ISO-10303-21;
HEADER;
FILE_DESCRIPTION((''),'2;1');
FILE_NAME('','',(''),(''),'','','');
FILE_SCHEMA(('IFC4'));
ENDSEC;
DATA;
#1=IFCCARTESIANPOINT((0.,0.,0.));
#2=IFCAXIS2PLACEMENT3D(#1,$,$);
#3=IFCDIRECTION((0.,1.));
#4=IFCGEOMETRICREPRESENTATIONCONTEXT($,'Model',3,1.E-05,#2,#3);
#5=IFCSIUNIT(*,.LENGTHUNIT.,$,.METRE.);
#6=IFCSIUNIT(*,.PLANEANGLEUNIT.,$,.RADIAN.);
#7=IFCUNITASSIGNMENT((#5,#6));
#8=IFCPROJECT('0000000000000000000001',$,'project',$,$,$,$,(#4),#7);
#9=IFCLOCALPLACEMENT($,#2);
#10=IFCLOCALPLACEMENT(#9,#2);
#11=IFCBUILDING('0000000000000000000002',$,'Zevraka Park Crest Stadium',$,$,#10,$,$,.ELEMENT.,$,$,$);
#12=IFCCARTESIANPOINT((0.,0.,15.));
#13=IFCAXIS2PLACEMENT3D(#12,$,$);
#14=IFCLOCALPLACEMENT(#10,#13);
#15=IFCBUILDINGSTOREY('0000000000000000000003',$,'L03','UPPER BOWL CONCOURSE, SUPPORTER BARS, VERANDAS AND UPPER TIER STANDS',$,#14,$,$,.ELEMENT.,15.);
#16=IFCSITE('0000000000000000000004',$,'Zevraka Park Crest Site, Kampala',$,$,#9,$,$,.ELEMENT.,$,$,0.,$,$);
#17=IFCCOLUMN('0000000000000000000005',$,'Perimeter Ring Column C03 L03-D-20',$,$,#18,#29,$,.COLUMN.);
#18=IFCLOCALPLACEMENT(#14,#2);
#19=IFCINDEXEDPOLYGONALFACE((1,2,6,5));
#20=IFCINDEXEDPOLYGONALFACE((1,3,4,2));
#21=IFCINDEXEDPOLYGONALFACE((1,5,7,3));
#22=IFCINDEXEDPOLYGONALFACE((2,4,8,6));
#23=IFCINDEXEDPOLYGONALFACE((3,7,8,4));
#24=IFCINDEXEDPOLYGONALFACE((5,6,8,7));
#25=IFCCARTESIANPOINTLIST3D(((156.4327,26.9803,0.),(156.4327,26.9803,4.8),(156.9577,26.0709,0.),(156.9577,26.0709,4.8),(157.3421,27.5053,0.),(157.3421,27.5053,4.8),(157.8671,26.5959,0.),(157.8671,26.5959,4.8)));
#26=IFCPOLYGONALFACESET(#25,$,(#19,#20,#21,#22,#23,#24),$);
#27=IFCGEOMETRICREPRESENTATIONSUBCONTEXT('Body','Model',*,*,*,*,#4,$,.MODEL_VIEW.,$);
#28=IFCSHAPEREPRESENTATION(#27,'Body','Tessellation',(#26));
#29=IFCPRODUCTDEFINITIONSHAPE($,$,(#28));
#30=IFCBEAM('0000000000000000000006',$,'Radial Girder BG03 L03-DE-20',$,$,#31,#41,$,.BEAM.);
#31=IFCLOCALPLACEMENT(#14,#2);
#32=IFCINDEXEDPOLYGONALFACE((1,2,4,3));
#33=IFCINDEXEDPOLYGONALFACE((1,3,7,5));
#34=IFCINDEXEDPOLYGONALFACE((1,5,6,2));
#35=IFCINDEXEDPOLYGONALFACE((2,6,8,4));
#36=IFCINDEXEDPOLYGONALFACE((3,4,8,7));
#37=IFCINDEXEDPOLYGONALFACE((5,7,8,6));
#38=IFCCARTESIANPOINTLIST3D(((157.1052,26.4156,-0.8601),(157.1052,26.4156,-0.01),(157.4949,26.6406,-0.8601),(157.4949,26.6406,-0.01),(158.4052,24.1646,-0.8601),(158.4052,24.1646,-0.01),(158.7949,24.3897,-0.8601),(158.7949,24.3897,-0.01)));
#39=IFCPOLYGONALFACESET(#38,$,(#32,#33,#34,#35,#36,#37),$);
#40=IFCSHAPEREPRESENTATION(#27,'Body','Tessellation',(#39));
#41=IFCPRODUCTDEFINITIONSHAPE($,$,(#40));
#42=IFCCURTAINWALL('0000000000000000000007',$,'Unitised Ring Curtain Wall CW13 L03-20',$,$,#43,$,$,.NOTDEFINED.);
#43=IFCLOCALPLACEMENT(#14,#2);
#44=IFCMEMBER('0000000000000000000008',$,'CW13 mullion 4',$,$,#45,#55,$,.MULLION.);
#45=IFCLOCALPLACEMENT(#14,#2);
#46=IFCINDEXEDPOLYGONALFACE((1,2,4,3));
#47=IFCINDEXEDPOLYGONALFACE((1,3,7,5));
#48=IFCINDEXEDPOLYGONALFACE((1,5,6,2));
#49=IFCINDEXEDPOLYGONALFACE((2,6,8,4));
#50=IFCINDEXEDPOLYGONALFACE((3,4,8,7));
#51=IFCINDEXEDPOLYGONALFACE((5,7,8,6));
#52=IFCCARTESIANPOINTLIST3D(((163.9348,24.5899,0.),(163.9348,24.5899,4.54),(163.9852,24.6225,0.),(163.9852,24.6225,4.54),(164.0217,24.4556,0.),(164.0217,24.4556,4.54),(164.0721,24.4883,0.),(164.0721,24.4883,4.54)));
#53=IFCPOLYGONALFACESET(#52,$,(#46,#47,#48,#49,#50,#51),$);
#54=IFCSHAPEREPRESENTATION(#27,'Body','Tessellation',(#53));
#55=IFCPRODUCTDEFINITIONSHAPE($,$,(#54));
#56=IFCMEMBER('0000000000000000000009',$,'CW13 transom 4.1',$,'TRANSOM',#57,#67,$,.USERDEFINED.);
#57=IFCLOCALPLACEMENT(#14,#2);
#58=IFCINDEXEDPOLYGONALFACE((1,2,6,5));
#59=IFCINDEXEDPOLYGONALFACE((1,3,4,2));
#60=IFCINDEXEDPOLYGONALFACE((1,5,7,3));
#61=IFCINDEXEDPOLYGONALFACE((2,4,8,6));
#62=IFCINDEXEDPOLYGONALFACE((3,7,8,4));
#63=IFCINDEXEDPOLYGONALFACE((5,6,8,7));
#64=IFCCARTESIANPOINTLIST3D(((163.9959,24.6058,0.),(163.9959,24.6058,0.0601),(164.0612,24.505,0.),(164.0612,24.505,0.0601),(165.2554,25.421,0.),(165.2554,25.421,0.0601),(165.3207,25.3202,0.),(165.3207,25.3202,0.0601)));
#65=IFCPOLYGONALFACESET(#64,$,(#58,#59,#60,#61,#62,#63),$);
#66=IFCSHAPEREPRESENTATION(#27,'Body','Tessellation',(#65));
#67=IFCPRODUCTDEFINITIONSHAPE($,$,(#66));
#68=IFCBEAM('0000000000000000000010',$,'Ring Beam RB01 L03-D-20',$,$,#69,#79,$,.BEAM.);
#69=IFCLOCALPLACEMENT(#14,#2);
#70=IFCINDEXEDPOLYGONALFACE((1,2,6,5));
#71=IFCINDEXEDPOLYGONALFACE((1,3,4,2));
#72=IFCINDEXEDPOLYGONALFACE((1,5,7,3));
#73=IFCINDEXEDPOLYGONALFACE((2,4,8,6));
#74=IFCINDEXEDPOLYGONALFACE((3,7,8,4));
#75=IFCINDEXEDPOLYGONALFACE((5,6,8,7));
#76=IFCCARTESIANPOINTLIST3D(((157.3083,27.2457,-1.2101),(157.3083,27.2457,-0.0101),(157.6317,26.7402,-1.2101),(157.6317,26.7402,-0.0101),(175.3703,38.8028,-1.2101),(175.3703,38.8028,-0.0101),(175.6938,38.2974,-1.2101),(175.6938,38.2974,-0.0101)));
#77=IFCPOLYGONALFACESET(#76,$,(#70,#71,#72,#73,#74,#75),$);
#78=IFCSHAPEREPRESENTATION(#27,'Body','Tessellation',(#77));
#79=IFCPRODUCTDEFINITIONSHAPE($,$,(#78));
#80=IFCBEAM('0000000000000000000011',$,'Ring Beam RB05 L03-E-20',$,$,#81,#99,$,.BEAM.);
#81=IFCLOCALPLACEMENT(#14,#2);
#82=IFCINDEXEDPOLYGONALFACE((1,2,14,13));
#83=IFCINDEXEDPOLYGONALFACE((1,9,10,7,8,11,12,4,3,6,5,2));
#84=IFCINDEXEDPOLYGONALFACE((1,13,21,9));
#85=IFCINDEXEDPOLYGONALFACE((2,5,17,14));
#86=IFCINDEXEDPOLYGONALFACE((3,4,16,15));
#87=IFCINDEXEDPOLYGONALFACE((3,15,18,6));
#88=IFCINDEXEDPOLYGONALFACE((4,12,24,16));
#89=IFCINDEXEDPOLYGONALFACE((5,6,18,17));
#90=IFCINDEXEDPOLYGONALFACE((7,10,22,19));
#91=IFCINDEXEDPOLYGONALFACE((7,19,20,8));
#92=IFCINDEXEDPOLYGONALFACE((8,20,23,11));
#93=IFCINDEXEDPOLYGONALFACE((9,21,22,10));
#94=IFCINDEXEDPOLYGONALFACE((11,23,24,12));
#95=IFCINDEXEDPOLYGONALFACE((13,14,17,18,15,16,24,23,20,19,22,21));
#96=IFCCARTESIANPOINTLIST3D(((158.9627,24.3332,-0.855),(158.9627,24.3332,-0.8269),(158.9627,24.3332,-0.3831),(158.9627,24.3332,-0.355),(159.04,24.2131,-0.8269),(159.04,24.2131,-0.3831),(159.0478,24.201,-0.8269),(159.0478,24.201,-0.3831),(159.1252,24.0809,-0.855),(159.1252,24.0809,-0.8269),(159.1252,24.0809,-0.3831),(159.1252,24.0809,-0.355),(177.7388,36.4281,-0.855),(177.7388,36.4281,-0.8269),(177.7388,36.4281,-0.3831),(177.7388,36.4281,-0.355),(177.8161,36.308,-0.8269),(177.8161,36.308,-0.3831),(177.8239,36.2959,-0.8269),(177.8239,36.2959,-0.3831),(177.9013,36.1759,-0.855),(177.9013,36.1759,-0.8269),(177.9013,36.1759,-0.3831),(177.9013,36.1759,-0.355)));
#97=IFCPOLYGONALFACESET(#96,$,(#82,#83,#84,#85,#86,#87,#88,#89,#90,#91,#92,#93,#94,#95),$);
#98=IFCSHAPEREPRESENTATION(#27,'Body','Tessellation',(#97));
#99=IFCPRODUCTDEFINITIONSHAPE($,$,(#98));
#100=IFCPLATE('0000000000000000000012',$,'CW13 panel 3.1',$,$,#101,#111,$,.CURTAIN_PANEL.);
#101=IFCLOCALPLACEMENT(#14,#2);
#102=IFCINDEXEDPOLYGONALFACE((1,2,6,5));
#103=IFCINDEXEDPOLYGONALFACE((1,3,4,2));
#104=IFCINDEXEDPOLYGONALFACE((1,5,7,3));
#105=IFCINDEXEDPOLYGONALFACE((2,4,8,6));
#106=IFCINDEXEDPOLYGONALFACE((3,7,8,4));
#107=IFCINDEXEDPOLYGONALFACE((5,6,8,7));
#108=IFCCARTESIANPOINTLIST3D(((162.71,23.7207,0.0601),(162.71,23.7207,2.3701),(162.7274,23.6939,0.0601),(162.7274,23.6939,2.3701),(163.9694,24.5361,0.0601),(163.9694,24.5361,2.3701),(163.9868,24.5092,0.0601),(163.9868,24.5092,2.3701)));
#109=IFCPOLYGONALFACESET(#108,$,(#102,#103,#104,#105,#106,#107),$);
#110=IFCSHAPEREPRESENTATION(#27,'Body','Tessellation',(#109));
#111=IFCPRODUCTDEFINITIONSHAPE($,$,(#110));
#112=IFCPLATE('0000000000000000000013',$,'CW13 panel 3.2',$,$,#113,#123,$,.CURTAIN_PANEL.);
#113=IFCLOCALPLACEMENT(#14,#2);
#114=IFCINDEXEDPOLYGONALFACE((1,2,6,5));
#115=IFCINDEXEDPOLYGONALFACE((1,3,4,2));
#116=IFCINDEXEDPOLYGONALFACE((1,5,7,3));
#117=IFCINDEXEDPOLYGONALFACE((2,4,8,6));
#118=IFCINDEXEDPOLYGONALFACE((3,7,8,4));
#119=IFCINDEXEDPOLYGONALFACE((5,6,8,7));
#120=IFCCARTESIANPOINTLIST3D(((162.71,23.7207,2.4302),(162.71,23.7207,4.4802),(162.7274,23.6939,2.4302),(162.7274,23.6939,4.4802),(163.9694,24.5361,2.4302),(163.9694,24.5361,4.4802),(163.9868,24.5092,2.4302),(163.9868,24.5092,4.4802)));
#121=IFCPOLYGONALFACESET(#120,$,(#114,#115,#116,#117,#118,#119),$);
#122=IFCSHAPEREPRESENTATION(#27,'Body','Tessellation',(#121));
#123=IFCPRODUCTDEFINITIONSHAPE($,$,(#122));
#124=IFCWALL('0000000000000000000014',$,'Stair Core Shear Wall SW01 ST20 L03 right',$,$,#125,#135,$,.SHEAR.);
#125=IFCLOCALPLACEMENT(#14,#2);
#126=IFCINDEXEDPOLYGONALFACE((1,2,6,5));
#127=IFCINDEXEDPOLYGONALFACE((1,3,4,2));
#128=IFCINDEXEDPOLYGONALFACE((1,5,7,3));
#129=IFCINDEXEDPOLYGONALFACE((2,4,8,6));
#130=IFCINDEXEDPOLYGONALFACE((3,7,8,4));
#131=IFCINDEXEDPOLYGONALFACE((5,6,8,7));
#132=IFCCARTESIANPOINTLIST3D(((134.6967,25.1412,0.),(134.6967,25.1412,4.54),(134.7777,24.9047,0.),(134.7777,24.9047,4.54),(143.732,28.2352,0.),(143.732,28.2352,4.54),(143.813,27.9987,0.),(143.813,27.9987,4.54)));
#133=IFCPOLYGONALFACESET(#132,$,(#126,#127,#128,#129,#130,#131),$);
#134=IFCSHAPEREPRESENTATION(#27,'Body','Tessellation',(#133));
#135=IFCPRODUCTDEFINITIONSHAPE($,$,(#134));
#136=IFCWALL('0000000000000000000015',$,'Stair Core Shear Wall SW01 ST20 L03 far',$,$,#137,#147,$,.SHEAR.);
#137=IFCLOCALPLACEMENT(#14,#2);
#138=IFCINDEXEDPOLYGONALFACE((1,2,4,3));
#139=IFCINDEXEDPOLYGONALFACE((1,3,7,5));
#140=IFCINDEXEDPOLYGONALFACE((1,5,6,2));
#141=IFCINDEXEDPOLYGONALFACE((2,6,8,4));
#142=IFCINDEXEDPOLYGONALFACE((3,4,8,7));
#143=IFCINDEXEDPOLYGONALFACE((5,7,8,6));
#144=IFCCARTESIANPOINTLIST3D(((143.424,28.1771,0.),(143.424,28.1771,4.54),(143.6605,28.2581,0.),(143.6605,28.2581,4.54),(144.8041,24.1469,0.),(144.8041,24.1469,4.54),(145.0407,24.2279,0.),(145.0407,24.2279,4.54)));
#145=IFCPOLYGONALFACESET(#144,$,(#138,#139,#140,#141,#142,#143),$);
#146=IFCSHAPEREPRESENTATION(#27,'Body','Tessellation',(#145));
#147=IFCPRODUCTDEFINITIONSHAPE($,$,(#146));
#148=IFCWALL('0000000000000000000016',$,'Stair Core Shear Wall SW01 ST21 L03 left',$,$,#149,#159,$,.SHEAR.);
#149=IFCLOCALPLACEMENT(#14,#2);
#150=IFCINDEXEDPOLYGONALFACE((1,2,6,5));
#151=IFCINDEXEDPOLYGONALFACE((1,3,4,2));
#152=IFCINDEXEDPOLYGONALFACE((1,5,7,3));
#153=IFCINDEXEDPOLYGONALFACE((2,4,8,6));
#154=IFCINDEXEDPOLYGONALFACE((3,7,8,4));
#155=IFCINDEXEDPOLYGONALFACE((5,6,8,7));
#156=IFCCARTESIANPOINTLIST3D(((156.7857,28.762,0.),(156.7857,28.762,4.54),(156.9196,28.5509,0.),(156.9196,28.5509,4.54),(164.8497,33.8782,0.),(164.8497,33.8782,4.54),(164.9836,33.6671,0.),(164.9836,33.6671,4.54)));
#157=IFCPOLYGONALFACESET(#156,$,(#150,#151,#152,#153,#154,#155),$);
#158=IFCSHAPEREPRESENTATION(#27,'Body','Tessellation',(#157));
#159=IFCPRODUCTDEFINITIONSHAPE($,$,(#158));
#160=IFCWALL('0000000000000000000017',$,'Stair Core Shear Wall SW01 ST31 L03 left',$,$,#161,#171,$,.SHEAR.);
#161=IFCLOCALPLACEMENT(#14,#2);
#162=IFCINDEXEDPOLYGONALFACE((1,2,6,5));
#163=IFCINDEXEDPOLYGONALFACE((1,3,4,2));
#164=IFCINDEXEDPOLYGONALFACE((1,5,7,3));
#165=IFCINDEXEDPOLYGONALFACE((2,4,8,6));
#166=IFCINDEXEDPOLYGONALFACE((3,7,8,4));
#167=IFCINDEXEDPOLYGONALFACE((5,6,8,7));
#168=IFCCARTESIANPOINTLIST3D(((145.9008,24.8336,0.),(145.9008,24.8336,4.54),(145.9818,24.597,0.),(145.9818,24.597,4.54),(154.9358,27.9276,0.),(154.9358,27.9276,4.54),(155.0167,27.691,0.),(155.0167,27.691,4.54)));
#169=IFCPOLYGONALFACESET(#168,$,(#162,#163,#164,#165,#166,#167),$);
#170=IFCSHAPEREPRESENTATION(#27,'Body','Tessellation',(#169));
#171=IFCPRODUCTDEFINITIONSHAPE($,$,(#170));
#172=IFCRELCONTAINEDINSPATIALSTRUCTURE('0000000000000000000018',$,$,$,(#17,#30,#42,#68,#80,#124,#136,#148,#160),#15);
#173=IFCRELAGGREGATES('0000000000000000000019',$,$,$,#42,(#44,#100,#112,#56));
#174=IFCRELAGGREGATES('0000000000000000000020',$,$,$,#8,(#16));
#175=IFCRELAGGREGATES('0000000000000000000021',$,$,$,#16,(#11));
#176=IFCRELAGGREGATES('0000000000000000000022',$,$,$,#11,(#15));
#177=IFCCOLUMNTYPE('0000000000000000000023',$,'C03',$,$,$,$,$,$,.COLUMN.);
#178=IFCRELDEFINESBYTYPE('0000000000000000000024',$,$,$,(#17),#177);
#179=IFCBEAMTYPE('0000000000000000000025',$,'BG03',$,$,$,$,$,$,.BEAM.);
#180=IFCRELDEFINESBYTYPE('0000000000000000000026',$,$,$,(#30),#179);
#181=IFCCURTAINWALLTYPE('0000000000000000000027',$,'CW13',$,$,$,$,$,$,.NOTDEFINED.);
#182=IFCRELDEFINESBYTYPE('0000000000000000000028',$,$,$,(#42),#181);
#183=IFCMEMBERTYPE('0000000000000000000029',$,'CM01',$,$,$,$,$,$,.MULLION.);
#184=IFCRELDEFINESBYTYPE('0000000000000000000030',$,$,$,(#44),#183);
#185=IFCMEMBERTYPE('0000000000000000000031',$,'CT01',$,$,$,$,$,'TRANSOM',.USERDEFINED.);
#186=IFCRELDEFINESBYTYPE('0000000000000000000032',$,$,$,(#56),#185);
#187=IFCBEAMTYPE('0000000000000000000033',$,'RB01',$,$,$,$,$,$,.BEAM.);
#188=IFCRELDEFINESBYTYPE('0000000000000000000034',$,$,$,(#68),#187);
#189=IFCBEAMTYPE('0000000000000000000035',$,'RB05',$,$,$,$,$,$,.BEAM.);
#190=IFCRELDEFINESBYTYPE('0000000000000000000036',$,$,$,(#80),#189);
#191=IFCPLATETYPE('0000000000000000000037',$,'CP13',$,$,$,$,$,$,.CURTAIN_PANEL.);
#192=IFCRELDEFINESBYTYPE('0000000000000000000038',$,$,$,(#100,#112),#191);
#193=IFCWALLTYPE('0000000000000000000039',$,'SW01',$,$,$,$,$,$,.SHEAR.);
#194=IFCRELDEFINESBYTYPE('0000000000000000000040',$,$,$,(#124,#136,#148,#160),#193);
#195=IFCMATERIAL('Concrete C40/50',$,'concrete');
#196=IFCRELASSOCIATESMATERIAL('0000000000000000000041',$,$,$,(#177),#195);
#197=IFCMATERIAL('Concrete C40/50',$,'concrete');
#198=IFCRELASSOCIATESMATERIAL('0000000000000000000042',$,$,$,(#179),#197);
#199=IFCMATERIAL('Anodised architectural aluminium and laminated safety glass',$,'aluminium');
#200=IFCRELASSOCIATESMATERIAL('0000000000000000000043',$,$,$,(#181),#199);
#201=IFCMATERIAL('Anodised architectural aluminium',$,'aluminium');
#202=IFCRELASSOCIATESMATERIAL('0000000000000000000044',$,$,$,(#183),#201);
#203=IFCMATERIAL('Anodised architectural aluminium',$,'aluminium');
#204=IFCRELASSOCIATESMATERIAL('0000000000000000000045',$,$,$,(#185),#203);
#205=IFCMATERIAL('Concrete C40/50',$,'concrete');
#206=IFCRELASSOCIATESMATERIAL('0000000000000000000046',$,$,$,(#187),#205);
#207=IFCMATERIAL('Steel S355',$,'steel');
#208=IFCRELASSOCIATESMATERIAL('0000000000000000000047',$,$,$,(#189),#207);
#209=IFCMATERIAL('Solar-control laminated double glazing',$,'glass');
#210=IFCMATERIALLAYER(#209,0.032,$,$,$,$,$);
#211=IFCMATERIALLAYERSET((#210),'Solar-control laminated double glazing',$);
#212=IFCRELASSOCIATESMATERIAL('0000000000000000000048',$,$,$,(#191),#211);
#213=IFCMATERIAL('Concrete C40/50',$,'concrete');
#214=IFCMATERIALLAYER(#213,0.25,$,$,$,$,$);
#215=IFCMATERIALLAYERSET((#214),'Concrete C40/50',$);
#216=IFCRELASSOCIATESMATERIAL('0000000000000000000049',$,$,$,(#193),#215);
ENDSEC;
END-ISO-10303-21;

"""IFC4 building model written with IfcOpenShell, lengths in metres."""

from ifc_helpers import new_model, si_unit, direction, frame, frame_2d, origin, origin_2d, place, context, subcontext, project, spatial, rectangle, i_section, extrude, material, layer, layer_set, material_profile, profile_set, type_object, element, aggregate, save


model = new_model("IFC4")

# Units and contexts
model_context = context("Model", 3, precision=1e-05, world=origin(), true_north=direction((0.0, 1.0)))
body_context = subcontext(model_context, "Body", "Model", "MODEL_VIEW")
ifc_project = project(units=[si_unit("LENGTHUNIT", "METRE"), si_unit("PLANEANGLEUNIT", "RADIAN")], contexts=[model_context])

# Site, building, storey
site_placement = place(None, origin())
site = spatial("IfcSite", under=ifc_project, at=site_placement, Name="Zevraka Park Crest Site, Kampala", CompositionType="ELEMENT", RefElevation=0.0)
building_placement = place(site_placement, origin())
building = spatial("IfcBuilding", under=site, at=building_placement, Name="Zevraka Park Crest Stadium", CompositionType="ELEMENT")
storey_placement = place(building_placement, frame((0.0, 0.0, 15.0)))
storey = spatial("IfcBuildingStorey", under=building, at=storey_placement, Name="L03", Description="UPPER BOWL CONCOURSE, SUPPORTER BARS, VERANDAS AND UPPER TIER STANDS", CompositionType="ELEMENT", Elevation=15.0)

# Column
ifc_material_1 = material(Name="Concrete C40/50", Category="concrete")
ifc_material_profile_1 = material_profile(ifc_material_1, rectangle(XDim=1.05, YDim=1.05, at=origin_2d()), Name="RC 1050x1050")
ifc_profile_set_1 = profile_set([ifc_material_profile_1], Name="Concrete C40/50")
column_type = type_object("IfcColumnType", Name="C03", PredefinedType="COLUMN", material=ifc_profile_set_1)
column_placement = place(storey_placement, frame((157.1499, 26.7881, 0.0), z_axis=(0.0, 0.0, 1.0), x_axis=(-0.5, 0.866025, 0.0)))
element("IfcColumn", 1, at=column_placement, inside=storey, type_object=column_type, Name="Perimeter Ring Column C03 L03-D-20", PredefinedType="COLUMN", context=body_context, shape_type="SweptSolid", body=[
    extrude(rectangle(XDim=1.05, YDim=1.05, at=origin_2d()), origin(), (0.0, 0.0, 1.0), 4.8),
])

# Beam
ifc_material_2 = material(Name="Concrete C40/50", Category="concrete")
ifc_material_profile_2 = material_profile(ifc_material_2, rectangle(XDim=0.45, YDim=0.8501, at=origin_2d()), Name="RC 850x450")
ifc_profile_set_2 = profile_set([ifc_material_profile_2], Name="Concrete C40/50")
beam_type_1 = type_object("IfcBeamType", Name="BG03", PredefinedType="BEAM", material=ifc_profile_set_2)
beam_1_placement = place(storey_placement, frame((157.3, 26.5281, -0.4351), z_axis=(0.500129, -0.865951, 0.0), x_axis=(0.865951, 0.500129, 0.0)))
element("IfcBeam", 2, at=beam_1_placement, inside=storey, type_object=beam_type_1, Name="Radial Girder BG03 L03-DE-20", PredefinedType="BEAM", context=body_context, shape_type="SweptSolid", body=[
    extrude(rectangle(XDim=0.45, YDim=0.8501, at=origin_2d()), origin(), (0.0, 0.0, 1.0), 2.5994),
])

# Curtain wall, members
ifc_material_3 = material(Name="Anodised architectural aluminium and laminated safety glass", Category="aluminium")
curtain_wall_type = type_object("IfcCurtainWallType", Name="CW13", PredefinedType="NOTDEFINED", material=ifc_material_3)
curtain_wall_placement = place(storey_placement, origin())
curtain_wall = element("IfcCurtainWall", 3, at=curtain_wall_placement, inside=storey, type_object=curtain_wall_type, Name="Unitised Ring Curtain Wall CW13 L03-20", PredefinedType="NOTDEFINED")
ifc_material_4 = material(Name="Anodised architectural aluminium", Category="aluminium")
ifc_material_profile_3 = material_profile(ifc_material_4, rectangle(XDim=0.1599, YDim=0.0601, at=origin_2d()), Name="ALU MULLION 160x60")
ifc_profile_set_3 = profile_set([ifc_material_profile_3], Name="Anodised architectural aluminium")
member_type_1 = type_object("IfcMemberType", Name="CM01", PredefinedType="MULLION", material=ifc_profile_set_3)
member_1_placement = place(storey_placement, frame((164.0034, 24.5391, 0.0), z_axis=(0.0, 0.0, 1.0), x_axis=(-0.543469, 0.839429, 0.0)))
member_1 = element("IfcMember", 4, at=member_1_placement, type_object=member_type_1, Name="CW13 mullion 4", PredefinedType="MULLION", context=body_context, shape_type="SweptSolid", body=[
    extrude(rectangle(XDim=0.1599, YDim=0.0601, at=origin_2d()), origin(), (0.0, 0.0, 1.0), 4.54),
])
ifc_material_5 = material(Name="Anodised architectural aluminium", Category="aluminium")
ifc_material_profile_4 = material_profile(ifc_material_5, rectangle(XDim=0.1201, YDim=0.0601, at=origin_2d()), Name="ALU TRANSOM 120x60")
ifc_profile_set_4 = profile_set([ifc_material_profile_4], Name="Anodised architectural aluminium")
member_type_2 = type_object("IfcMemberType", Name="CT01", ElementType="TRANSOM", PredefinedType="USERDEFINED", material=ifc_profile_set_4)
member_2_placement = place(storey_placement, frame((164.0286, 24.5554, 0.03), z_axis=(0.839509, 0.543346, 0.0), x_axis=(-0.543346, 0.839509, 0.0)))
member_2 = element("IfcMember", 5, at=member_2_placement, type_object=member_type_2, Name="CW13 transom 4.1", ObjectType="TRANSOM", PredefinedType="USERDEFINED", context=body_context, shape_type="SweptSolid", body=[
    extrude(rectangle(XDim=0.1201, YDim=0.0601, at=origin_2d()), origin(), (0.0, 0.0, 1.0), 1.5002),
])

# Beams
ifc_material_6 = material(Name="Concrete C40/50", Category="concrete")
ifc_material_profile_5 = material_profile(ifc_material_6, rectangle(XDim=0.6001, YDim=1.2, at=origin_2d()), Name="RC 1200x600")
ifc_profile_set_5 = profile_set([ifc_material_profile_5], Name="Concrete C40/50")
beam_type_2 = type_object("IfcBeamType", Name="RB01", PredefinedType="BEAM", material=ifc_profile_set_5)
beam_2_placement = place(storey_placement, frame((157.47, 26.9929, -0.6101), z_axis=(0.842326, 0.538969, 0.0), x_axis=(-0.538969, 0.842326, 0.0)))
element("IfcBeam", 6, at=beam_2_placement, inside=storey, type_object=beam_type_2, Name="Ring Beam RB01 L03-D-20", PredefinedType="BEAM", context=body_context, shape_type="SweptSolid", body=[
    extrude(rectangle(XDim=0.6001, YDim=1.2, at=origin_2d()), origin(), (0.0, 0.0, 1.0), 21.4431),
])
ifc_material_7 = material(Name="Steel S355", Category="steel")
ifc_material_profile_6 = material_profile(ifc_material_7, i_section(OverallWidth=0.3, OverallDepth=0.5, WebThickness=0.0144, FlangeThickness=0.0281, at=origin_2d()), Name="HEB 500")
ifc_profile_set_6 = profile_set([ifc_material_profile_6], Name="Steel S355")
beam_type_3 = type_object("IfcBeamType", Name="RB05", PredefinedType="BEAM", material=ifc_profile_set_6)
beam_3_placement = place(storey_placement, frame((159.0439, 24.207, -0.605), z_axis=(0.840677, 0.541537, 0.0), x_axis=(-0.541537, 0.840677, 0.0)))
element("IfcBeam", 7, at=beam_3_placement, inside=storey, type_object=beam_type_3, Name="Ring Beam RB05 L03-E-20", PredefinedType="BEAM", context=body_context, shape_type="SweptSolid", body=[
    extrude(i_section(OverallWidth=0.3, OverallDepth=0.5, WebThickness=0.0144, FlangeThickness=0.0281, at=origin_2d()), origin(), (0.0, 0.0, 1.0), 22.3345),
])

# Plates
ifc_material_8 = material(Name="Solar-control laminated double glazing", Category="glass")
ifc_layer_1 = layer(ifc_material_8, 0.032)
ifc_layer_set_1 = layer_set([ifc_layer_1], Name="Solar-control laminated double glazing")
plate_type = type_object("IfcPlateType", Name="CP13", PredefinedType="CURTAIN_PANEL", material=ifc_layer_set_1)
plate_1_placement = place(storey_placement, frame((163.3484, 24.115, 0.0601), z_axis=(0.0, 0.0, 1.0), x_axis=(0.839429, 0.543469, 0.0)))
plate_1 = element("IfcPlate", 8, at=plate_1_placement, type_object=plate_type, Name="CW13 panel 3.1", PredefinedType="CURTAIN_PANEL", context=body_context, shape_type="SweptSolid", body=[
    extrude(rectangle(XDim=1.5002, YDim=0.032, at=origin_2d()), origin(), (0.0, 0.0, 1.0), 2.3101),
])
plate_2_placement = place(storey_placement, frame((163.3484, 24.115, 2.4302), z_axis=(0.0, 0.0, 1.0), x_axis=(0.839429, 0.543469, 0.0)))
plate_2 = element("IfcPlate", 9, at=plate_2_placement, type_object=plate_type, Name="CW13 panel 3.2", PredefinedType="CURTAIN_PANEL", context=body_context, shape_type="SweptSolid", body=[
    extrude(rectangle(XDim=1.5002, YDim=0.032, at=origin_2d()), origin(), (0.0, 0.0, 1.0), 2.05),
])
aggregate(curtain_wall, [member_1, plate_1, plate_2, member_2])

# Walls
ifc_material_9 = material(Name="Concrete C40/50", Category="concrete")
ifc_layer_2 = layer(ifc_material_9, 0.25)
ifc_layer_set_2 = layer_set([ifc_layer_2], Name="Concrete C40/50")
wall_type = type_object("IfcWallType", Name="SW01", PredefinedType="SHEAR", material=ifc_layer_set_2)
wall_1_placement = place(storey_placement, frame((143.7725, 28.1169, 0.0), z_axis=(0.0, 0.0, 1.0), x_axis=(-0.946067, -0.323971, 0.0)))
element("IfcWall", 10, at=wall_1_placement, inside=storey, type_object=wall_type, Name="Stair Core Shear Wall SW01 ST20 L03 right", PredefinedType="SHEAR", context=body_context, shape_type="SweptSolid", body=[
    extrude(rectangle(XDim=9.5503, YDim=0.25, at=frame_2d((4.7751, 0.0))), origin(), (0.0, 0.0, 1.0), 4.54),
])
wall_2_placement = place(storey_placement, frame((144.9224, 24.1875, 0.0), z_axis=(0.0, 0.0, 1.0), x_axis=(-0.323971, 0.946067, 0.0)))
element("IfcWall", 11, at=wall_2_placement, inside=storey, type_object=wall_type, Name="Stair Core Shear Wall SW01 ST20 L03 far", PredefinedType="SHEAR", context=body_context, shape_type="SweptSolid", body=[
    extrude(rectangle(XDim=4.26, YDim=0.25, at=frame_2d((2.1299, 0.0))), origin(), (0.0, 0.0, 1.0), 4.54),
])
for number, where, z_axis, x_axis, name in (
    (12, (156.8528, 28.6565, 0.0), (0.0, 0.0, 1.0), (0.844391, 0.535727, 0.0), "Stair Core Shear Wall SW01 ST21 L03 left"),
    (13, (145.9414, 24.7153, 0.0), (0.0, 0.0, 1.0), (0.946064, 0.323979, 0.0), "Stair Core Shear Wall SW01 ST31 L03 left"),
):
    element("IfcWall", number, at=place(storey_placement, frame(where, z_axis=z_axis, x_axis=x_axis)), inside=storey, type_object=wall_type, Name=name, PredefinedType="SHEAR", context=body_context, shape_type="SweptSolid", body=[
        extrude(rectangle(XDim=9.55, YDim=0.25, at=frame_2d((4.7749, 0.0))), origin(), (0.0, 0.0, 1.0), 4.54),
    ])

save(model, "model.ifc")
